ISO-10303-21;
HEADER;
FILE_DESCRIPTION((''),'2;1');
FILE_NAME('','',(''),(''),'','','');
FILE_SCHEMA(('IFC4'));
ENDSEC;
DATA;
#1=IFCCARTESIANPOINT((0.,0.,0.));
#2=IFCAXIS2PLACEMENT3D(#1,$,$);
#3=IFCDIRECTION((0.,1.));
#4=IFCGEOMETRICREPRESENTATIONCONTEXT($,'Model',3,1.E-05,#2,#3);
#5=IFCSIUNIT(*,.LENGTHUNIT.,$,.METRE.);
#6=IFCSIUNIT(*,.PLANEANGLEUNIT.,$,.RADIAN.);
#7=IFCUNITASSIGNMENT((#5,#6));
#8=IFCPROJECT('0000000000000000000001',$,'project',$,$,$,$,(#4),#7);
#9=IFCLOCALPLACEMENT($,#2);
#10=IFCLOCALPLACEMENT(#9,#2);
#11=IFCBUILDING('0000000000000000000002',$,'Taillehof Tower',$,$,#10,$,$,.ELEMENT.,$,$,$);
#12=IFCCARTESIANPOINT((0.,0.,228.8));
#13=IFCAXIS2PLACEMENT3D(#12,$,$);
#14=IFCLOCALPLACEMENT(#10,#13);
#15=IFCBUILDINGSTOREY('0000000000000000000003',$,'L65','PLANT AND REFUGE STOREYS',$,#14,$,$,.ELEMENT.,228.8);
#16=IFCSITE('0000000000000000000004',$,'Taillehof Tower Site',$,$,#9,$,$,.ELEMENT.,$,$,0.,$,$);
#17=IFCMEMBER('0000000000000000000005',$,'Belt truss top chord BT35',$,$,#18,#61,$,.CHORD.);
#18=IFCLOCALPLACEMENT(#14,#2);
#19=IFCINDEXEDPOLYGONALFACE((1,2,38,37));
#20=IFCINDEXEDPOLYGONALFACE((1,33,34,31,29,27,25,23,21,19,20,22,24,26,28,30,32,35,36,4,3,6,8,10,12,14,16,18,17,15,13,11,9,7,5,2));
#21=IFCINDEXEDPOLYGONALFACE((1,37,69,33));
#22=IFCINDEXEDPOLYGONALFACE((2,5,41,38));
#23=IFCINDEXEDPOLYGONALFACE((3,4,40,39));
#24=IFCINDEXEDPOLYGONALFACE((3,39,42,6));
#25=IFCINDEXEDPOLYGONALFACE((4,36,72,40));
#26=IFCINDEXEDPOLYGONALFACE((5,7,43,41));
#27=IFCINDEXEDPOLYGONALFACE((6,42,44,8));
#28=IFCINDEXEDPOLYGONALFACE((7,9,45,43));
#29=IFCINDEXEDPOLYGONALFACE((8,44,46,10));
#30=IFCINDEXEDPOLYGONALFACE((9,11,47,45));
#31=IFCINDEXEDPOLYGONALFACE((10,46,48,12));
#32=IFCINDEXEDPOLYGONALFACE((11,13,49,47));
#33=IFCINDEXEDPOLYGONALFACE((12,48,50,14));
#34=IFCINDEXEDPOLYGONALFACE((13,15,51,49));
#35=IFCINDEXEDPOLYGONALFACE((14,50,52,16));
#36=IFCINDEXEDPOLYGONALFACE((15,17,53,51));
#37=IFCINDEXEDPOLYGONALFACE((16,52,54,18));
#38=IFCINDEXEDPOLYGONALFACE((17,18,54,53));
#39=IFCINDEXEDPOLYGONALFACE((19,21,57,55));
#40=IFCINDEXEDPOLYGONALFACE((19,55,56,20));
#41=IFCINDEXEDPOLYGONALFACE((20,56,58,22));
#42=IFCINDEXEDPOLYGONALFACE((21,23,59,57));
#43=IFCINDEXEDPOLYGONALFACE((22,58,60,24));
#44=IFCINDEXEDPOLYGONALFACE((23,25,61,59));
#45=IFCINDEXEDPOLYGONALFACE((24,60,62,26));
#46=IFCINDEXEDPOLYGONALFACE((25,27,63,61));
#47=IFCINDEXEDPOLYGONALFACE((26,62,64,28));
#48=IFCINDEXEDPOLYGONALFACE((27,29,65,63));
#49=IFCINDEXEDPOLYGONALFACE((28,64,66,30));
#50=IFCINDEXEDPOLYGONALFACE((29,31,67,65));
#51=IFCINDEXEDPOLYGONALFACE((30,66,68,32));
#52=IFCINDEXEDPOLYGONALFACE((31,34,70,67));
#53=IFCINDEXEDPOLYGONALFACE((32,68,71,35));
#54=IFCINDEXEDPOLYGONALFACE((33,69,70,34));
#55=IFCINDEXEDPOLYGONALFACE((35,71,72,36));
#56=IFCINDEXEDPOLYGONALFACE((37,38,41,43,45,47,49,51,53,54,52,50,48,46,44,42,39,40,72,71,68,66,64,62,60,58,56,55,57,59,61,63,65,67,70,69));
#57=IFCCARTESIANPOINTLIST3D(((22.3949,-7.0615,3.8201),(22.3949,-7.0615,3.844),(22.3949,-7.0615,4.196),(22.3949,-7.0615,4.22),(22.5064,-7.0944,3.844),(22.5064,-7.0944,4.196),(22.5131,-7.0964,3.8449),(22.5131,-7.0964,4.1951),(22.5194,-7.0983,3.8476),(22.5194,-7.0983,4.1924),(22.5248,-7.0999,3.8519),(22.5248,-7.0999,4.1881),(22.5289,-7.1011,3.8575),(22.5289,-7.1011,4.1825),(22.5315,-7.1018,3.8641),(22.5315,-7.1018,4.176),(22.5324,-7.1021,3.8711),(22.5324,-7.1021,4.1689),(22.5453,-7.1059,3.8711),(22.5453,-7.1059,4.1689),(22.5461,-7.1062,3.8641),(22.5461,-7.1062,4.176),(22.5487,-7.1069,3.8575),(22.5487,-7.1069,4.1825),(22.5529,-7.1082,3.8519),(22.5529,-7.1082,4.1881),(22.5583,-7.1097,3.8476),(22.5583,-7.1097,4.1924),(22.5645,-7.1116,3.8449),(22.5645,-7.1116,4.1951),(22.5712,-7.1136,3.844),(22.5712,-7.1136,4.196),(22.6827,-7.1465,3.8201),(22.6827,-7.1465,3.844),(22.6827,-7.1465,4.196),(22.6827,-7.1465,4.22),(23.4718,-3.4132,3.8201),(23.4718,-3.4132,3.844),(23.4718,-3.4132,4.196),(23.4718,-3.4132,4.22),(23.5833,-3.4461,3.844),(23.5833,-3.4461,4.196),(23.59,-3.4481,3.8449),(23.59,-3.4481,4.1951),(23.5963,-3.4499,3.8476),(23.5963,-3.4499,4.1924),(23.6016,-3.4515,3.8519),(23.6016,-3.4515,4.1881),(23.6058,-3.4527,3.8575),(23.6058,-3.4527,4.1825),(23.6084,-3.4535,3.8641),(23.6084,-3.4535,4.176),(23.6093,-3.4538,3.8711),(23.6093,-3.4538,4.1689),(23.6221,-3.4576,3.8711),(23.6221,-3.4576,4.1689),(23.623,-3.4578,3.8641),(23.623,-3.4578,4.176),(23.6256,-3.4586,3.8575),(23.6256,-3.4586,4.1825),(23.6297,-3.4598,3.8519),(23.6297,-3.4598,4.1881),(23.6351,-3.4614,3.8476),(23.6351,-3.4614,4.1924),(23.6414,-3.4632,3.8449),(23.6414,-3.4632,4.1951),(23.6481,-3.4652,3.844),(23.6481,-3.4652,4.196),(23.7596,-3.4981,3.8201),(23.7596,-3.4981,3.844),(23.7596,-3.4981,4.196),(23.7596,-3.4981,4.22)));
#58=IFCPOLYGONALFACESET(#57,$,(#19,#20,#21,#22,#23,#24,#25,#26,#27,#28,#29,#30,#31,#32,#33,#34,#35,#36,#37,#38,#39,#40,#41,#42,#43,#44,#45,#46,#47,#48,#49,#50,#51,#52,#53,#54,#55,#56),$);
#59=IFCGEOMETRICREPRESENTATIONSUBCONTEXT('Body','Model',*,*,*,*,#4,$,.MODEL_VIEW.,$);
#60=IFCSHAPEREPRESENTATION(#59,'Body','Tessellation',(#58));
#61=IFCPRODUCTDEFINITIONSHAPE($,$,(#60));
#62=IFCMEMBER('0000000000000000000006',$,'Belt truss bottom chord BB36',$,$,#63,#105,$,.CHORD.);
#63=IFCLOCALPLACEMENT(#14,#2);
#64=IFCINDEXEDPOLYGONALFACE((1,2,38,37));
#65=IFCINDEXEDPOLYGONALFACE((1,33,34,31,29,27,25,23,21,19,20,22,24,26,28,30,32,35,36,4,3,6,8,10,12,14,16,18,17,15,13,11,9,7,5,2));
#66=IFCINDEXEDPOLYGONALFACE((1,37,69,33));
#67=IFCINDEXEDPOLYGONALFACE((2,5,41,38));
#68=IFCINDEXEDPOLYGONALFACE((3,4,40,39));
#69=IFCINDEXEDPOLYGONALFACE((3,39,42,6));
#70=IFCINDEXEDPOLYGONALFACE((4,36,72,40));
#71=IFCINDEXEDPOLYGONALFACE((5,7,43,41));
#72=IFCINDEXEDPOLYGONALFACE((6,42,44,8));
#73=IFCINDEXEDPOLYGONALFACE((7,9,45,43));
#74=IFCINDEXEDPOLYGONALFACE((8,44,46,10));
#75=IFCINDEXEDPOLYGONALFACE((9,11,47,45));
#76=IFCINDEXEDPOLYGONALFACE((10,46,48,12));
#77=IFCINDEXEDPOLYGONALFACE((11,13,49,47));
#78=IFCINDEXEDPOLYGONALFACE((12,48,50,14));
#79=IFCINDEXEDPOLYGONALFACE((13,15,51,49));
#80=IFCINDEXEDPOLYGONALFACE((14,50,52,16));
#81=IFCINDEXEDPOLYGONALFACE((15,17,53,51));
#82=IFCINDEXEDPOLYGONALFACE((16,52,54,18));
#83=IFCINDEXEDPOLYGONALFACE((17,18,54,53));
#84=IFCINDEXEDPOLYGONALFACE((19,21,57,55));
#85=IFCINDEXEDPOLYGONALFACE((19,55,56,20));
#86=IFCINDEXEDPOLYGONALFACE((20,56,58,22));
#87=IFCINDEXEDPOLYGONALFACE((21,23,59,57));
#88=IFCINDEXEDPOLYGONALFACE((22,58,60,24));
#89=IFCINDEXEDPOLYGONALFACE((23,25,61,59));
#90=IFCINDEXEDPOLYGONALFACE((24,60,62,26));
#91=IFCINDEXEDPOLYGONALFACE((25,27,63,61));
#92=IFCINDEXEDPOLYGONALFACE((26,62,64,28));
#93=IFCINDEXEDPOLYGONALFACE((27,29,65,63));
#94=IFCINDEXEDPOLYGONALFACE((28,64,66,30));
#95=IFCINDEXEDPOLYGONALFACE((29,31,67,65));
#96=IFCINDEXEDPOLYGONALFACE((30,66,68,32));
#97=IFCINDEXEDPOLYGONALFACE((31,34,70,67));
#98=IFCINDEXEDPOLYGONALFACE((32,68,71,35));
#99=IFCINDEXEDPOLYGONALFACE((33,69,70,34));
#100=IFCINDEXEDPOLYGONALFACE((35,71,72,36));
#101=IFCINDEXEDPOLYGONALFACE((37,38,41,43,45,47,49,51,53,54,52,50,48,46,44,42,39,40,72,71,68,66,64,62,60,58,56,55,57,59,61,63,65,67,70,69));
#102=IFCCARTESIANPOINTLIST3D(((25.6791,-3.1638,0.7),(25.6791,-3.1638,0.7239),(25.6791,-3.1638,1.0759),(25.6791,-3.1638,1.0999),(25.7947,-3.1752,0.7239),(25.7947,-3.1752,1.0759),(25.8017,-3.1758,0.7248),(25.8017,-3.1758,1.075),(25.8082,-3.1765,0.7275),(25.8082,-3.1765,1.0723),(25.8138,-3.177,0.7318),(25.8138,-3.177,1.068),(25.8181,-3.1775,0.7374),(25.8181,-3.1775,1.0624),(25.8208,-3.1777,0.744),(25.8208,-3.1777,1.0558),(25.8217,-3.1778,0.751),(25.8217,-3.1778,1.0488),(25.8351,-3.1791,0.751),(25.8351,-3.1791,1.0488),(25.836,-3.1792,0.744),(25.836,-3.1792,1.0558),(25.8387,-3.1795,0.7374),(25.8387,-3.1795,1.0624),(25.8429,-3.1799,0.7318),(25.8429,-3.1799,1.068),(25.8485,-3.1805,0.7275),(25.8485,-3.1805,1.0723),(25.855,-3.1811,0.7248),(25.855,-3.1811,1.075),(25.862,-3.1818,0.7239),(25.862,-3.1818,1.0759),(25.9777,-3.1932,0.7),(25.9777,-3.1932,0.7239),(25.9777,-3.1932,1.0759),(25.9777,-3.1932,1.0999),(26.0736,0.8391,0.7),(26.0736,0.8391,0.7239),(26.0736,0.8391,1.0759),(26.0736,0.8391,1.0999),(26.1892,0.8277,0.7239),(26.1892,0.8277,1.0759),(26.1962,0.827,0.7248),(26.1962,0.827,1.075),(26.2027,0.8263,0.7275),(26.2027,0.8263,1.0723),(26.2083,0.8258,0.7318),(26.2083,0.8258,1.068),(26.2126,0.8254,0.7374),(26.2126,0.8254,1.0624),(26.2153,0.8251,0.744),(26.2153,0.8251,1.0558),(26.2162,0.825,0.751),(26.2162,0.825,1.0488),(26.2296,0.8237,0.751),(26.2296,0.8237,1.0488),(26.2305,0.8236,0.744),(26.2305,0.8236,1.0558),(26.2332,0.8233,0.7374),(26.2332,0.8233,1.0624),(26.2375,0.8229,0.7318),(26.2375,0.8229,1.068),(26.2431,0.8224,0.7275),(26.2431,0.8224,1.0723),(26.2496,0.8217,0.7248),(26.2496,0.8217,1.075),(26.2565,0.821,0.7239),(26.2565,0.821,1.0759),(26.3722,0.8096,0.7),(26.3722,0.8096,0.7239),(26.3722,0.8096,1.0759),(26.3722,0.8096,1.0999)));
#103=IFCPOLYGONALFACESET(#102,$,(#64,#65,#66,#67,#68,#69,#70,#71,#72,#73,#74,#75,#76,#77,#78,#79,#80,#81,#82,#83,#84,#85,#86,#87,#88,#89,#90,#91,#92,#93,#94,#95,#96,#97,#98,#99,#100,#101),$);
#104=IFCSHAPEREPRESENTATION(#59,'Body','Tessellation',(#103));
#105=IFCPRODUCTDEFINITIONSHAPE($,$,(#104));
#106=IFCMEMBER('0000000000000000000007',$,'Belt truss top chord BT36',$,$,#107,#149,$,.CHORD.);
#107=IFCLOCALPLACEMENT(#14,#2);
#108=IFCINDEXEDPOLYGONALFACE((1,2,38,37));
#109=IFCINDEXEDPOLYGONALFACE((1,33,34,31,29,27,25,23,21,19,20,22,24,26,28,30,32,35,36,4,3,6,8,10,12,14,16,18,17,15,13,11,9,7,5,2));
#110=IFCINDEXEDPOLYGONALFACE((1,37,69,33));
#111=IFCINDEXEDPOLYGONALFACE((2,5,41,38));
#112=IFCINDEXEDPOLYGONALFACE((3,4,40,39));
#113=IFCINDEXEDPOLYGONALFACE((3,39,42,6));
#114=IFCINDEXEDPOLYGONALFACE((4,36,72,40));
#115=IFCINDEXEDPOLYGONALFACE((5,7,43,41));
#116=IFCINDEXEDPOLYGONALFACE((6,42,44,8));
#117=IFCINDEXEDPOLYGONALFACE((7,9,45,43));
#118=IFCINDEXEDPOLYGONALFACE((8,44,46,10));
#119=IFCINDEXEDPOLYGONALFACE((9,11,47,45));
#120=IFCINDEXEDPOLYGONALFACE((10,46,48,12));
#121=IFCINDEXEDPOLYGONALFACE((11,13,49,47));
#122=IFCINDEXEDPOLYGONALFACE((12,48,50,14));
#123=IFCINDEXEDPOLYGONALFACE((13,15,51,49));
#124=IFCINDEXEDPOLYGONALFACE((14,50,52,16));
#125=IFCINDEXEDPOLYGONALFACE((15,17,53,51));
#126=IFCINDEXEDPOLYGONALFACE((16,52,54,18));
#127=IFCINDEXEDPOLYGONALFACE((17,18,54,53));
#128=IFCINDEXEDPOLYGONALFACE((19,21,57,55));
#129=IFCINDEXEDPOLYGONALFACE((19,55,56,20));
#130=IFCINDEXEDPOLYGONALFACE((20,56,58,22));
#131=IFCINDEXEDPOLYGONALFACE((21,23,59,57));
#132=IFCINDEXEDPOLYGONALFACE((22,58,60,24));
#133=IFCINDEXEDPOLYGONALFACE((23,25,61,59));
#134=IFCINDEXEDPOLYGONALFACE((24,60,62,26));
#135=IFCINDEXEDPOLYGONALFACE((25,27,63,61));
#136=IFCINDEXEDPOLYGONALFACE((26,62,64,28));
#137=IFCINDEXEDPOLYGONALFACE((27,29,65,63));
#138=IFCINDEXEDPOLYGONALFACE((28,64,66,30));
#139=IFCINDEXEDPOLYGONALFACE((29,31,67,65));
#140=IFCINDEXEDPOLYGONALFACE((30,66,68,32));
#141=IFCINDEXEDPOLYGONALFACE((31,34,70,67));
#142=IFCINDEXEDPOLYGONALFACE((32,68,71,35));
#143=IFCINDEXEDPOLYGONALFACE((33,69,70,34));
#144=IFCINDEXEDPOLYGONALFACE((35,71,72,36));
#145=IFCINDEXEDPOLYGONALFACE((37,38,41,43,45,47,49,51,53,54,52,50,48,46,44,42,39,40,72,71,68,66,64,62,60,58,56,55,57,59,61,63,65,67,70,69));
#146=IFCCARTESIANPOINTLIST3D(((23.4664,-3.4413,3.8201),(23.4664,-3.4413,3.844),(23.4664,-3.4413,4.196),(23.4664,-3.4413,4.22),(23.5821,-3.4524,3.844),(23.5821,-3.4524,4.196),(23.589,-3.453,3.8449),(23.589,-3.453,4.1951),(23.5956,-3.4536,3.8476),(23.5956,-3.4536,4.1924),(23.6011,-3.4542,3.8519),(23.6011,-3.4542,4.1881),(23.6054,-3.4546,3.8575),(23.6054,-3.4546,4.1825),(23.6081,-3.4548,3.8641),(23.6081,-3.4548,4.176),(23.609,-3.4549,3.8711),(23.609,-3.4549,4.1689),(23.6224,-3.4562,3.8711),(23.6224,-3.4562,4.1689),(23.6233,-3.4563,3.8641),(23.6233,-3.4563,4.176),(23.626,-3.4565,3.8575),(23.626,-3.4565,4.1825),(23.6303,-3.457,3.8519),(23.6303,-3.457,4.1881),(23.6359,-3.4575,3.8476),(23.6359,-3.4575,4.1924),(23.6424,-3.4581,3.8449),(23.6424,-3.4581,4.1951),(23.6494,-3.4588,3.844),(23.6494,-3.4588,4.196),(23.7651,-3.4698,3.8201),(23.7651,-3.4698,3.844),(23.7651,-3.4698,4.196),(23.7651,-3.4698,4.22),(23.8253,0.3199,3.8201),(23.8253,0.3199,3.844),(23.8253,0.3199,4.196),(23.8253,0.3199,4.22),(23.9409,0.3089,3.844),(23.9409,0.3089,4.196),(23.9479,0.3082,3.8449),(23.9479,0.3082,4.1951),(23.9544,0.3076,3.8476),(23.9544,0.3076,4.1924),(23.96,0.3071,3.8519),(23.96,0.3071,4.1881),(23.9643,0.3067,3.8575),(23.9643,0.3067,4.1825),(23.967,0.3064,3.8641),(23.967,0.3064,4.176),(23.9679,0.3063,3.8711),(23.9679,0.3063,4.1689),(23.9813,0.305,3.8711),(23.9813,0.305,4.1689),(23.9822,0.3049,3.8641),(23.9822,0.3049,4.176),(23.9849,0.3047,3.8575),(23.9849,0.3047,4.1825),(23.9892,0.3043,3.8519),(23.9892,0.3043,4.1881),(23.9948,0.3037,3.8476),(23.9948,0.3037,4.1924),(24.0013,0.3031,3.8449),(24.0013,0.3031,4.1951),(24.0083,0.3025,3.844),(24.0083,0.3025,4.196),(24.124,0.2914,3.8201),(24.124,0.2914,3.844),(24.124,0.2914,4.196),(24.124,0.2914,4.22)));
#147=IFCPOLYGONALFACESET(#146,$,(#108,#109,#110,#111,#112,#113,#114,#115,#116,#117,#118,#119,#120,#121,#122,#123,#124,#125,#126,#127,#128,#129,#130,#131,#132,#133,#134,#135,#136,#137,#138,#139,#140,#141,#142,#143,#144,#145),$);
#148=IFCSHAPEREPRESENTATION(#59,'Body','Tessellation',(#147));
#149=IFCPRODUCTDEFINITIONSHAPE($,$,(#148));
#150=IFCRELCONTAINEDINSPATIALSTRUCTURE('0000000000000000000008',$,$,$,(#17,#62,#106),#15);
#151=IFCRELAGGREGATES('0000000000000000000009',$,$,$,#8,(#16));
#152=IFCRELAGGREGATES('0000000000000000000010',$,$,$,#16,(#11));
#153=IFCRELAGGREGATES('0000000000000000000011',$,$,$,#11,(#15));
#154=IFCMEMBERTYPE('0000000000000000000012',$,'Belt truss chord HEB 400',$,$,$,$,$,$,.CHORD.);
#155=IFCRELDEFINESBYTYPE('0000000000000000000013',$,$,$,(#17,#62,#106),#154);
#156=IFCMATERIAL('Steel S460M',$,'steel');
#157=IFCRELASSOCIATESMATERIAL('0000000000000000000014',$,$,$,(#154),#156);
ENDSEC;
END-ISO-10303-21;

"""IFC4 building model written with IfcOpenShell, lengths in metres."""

from ifc_helpers import new_model, si_unit, direction, frame, origin, origin_2d, place, context, subcontext, project, spatial, i_section, extrude, material, material_profile, profile_set, type_object, element, save


model = new_model("IFC4")

# Units and contexts
model_context = context("Model", 3, precision=1e-05, world=origin(), true_north=direction((0.0, 1.0)))
body_context = subcontext(model_context, "Body", "Model", "MODEL_VIEW")
ifc_project = project(units=[si_unit("LENGTHUNIT", "METRE"), si_unit("PLANEANGLEUNIT", "RADIAN")], contexts=[model_context])

# Site, building, storey
site_placement = place(None, origin())
site = spatial("IfcSite", under=ifc_project, at=site_placement, Name="Taillehof Tower Site", CompositionType="ELEMENT", RefElevation=0.0)
building_placement = place(site_placement, origin())
building = spatial("IfcBuilding", under=site, at=building_placement, Name="Taillehof Tower", CompositionType="ELEMENT")
storey_placement = place(building_placement, frame((0.0, 0.0, 228.8)))
storey = spatial("IfcBuildingStorey", under=building, at=storey_placement, Name="L65", Description="PLANT AND REFUGE STOREYS", CompositionType="ELEMENT", Elevation=228.8)

# Members
ifc_material_1 = material(Name="Steel S460M", Category="steel")
ifc_material_profile_1 = material_profile(ifc_material_1, i_section(OverallWidth=0.3, OverallDepth=0.3999, WebThickness=0.0134, FlangeThickness=0.0239, FilletRadius=0.0271, at=origin_2d()), Name="HEB 400")
ifc_profile_set_1 = profile_set([ifc_material_profile_1], Name="Steel S460M")
member_type_1 = type_object("IfcMemberType", Name="Belt truss chord HEB 400", PredefinedType="CHORD", material=ifc_profile_set_1)
member_1_placement = place(storey_placement, frame((22.5388, -7.104, 4.02), z_axis=(0.283094, 0.959092, 0.0), x_axis=(-0.959092, 0.283094, 0.0)))
element("IfcMember", 1, at=member_1_placement, inside=storey, type_object=member_type_1, Name="Belt truss top chord BT35", PredefinedType="CHORD", context=body_context, shape_type="SweptSolid", body=[
    extrude(i_section(OverallWidth=0.3, OverallDepth=0.3999, WebThickness=0.0134, FlangeThickness=0.0239, FilletRadius=0.0271, at=origin_2d()), origin(), (0.0, 0.0, 1.0), 3.804),
])
member_2_placement = place(storey_placement, frame((25.8284, -3.1785, 0.8999), z_axis=(0.098085, 0.995178, 0.0), x_axis=(-0.995178, 0.098085, 0.0)))
element("IfcMember", 2, at=member_2_placement, inside=storey, type_object=member_type_1, Name="Belt truss bottom chord BB36", PredefinedType="CHORD", context=body_context, shape_type="SweptSolid", body=[
    extrude(i_section(OverallWidth=0.3, OverallDepth=0.3999, WebThickness=0.0134, FlangeThickness=0.0239, FilletRadius=0.0271, at=origin_2d()), origin(), (0.0, 0.0, 1.0), 4.0222),
])
member_3_placement = place(storey_placement, frame((23.6157, -3.4556, 4.02), z_axis=(0.094986, 0.995479, 0.0), x_axis=(-0.995479, 0.094986, 0.0)))
element("IfcMember", 3, at=member_3_placement, inside=storey, type_object=member_type_1, Name="Belt truss top chord BT36", PredefinedType="CHORD", context=body_context, shape_type="SweptSolid", body=[
    extrude(i_section(OverallWidth=0.3, OverallDepth=0.3999, WebThickness=0.0134, FlangeThickness=0.0239, FilletRadius=0.0271, at=origin_2d()), origin(), (0.0, 0.0, 1.0), 3.7783),
])

save(model, "model.ifc")
